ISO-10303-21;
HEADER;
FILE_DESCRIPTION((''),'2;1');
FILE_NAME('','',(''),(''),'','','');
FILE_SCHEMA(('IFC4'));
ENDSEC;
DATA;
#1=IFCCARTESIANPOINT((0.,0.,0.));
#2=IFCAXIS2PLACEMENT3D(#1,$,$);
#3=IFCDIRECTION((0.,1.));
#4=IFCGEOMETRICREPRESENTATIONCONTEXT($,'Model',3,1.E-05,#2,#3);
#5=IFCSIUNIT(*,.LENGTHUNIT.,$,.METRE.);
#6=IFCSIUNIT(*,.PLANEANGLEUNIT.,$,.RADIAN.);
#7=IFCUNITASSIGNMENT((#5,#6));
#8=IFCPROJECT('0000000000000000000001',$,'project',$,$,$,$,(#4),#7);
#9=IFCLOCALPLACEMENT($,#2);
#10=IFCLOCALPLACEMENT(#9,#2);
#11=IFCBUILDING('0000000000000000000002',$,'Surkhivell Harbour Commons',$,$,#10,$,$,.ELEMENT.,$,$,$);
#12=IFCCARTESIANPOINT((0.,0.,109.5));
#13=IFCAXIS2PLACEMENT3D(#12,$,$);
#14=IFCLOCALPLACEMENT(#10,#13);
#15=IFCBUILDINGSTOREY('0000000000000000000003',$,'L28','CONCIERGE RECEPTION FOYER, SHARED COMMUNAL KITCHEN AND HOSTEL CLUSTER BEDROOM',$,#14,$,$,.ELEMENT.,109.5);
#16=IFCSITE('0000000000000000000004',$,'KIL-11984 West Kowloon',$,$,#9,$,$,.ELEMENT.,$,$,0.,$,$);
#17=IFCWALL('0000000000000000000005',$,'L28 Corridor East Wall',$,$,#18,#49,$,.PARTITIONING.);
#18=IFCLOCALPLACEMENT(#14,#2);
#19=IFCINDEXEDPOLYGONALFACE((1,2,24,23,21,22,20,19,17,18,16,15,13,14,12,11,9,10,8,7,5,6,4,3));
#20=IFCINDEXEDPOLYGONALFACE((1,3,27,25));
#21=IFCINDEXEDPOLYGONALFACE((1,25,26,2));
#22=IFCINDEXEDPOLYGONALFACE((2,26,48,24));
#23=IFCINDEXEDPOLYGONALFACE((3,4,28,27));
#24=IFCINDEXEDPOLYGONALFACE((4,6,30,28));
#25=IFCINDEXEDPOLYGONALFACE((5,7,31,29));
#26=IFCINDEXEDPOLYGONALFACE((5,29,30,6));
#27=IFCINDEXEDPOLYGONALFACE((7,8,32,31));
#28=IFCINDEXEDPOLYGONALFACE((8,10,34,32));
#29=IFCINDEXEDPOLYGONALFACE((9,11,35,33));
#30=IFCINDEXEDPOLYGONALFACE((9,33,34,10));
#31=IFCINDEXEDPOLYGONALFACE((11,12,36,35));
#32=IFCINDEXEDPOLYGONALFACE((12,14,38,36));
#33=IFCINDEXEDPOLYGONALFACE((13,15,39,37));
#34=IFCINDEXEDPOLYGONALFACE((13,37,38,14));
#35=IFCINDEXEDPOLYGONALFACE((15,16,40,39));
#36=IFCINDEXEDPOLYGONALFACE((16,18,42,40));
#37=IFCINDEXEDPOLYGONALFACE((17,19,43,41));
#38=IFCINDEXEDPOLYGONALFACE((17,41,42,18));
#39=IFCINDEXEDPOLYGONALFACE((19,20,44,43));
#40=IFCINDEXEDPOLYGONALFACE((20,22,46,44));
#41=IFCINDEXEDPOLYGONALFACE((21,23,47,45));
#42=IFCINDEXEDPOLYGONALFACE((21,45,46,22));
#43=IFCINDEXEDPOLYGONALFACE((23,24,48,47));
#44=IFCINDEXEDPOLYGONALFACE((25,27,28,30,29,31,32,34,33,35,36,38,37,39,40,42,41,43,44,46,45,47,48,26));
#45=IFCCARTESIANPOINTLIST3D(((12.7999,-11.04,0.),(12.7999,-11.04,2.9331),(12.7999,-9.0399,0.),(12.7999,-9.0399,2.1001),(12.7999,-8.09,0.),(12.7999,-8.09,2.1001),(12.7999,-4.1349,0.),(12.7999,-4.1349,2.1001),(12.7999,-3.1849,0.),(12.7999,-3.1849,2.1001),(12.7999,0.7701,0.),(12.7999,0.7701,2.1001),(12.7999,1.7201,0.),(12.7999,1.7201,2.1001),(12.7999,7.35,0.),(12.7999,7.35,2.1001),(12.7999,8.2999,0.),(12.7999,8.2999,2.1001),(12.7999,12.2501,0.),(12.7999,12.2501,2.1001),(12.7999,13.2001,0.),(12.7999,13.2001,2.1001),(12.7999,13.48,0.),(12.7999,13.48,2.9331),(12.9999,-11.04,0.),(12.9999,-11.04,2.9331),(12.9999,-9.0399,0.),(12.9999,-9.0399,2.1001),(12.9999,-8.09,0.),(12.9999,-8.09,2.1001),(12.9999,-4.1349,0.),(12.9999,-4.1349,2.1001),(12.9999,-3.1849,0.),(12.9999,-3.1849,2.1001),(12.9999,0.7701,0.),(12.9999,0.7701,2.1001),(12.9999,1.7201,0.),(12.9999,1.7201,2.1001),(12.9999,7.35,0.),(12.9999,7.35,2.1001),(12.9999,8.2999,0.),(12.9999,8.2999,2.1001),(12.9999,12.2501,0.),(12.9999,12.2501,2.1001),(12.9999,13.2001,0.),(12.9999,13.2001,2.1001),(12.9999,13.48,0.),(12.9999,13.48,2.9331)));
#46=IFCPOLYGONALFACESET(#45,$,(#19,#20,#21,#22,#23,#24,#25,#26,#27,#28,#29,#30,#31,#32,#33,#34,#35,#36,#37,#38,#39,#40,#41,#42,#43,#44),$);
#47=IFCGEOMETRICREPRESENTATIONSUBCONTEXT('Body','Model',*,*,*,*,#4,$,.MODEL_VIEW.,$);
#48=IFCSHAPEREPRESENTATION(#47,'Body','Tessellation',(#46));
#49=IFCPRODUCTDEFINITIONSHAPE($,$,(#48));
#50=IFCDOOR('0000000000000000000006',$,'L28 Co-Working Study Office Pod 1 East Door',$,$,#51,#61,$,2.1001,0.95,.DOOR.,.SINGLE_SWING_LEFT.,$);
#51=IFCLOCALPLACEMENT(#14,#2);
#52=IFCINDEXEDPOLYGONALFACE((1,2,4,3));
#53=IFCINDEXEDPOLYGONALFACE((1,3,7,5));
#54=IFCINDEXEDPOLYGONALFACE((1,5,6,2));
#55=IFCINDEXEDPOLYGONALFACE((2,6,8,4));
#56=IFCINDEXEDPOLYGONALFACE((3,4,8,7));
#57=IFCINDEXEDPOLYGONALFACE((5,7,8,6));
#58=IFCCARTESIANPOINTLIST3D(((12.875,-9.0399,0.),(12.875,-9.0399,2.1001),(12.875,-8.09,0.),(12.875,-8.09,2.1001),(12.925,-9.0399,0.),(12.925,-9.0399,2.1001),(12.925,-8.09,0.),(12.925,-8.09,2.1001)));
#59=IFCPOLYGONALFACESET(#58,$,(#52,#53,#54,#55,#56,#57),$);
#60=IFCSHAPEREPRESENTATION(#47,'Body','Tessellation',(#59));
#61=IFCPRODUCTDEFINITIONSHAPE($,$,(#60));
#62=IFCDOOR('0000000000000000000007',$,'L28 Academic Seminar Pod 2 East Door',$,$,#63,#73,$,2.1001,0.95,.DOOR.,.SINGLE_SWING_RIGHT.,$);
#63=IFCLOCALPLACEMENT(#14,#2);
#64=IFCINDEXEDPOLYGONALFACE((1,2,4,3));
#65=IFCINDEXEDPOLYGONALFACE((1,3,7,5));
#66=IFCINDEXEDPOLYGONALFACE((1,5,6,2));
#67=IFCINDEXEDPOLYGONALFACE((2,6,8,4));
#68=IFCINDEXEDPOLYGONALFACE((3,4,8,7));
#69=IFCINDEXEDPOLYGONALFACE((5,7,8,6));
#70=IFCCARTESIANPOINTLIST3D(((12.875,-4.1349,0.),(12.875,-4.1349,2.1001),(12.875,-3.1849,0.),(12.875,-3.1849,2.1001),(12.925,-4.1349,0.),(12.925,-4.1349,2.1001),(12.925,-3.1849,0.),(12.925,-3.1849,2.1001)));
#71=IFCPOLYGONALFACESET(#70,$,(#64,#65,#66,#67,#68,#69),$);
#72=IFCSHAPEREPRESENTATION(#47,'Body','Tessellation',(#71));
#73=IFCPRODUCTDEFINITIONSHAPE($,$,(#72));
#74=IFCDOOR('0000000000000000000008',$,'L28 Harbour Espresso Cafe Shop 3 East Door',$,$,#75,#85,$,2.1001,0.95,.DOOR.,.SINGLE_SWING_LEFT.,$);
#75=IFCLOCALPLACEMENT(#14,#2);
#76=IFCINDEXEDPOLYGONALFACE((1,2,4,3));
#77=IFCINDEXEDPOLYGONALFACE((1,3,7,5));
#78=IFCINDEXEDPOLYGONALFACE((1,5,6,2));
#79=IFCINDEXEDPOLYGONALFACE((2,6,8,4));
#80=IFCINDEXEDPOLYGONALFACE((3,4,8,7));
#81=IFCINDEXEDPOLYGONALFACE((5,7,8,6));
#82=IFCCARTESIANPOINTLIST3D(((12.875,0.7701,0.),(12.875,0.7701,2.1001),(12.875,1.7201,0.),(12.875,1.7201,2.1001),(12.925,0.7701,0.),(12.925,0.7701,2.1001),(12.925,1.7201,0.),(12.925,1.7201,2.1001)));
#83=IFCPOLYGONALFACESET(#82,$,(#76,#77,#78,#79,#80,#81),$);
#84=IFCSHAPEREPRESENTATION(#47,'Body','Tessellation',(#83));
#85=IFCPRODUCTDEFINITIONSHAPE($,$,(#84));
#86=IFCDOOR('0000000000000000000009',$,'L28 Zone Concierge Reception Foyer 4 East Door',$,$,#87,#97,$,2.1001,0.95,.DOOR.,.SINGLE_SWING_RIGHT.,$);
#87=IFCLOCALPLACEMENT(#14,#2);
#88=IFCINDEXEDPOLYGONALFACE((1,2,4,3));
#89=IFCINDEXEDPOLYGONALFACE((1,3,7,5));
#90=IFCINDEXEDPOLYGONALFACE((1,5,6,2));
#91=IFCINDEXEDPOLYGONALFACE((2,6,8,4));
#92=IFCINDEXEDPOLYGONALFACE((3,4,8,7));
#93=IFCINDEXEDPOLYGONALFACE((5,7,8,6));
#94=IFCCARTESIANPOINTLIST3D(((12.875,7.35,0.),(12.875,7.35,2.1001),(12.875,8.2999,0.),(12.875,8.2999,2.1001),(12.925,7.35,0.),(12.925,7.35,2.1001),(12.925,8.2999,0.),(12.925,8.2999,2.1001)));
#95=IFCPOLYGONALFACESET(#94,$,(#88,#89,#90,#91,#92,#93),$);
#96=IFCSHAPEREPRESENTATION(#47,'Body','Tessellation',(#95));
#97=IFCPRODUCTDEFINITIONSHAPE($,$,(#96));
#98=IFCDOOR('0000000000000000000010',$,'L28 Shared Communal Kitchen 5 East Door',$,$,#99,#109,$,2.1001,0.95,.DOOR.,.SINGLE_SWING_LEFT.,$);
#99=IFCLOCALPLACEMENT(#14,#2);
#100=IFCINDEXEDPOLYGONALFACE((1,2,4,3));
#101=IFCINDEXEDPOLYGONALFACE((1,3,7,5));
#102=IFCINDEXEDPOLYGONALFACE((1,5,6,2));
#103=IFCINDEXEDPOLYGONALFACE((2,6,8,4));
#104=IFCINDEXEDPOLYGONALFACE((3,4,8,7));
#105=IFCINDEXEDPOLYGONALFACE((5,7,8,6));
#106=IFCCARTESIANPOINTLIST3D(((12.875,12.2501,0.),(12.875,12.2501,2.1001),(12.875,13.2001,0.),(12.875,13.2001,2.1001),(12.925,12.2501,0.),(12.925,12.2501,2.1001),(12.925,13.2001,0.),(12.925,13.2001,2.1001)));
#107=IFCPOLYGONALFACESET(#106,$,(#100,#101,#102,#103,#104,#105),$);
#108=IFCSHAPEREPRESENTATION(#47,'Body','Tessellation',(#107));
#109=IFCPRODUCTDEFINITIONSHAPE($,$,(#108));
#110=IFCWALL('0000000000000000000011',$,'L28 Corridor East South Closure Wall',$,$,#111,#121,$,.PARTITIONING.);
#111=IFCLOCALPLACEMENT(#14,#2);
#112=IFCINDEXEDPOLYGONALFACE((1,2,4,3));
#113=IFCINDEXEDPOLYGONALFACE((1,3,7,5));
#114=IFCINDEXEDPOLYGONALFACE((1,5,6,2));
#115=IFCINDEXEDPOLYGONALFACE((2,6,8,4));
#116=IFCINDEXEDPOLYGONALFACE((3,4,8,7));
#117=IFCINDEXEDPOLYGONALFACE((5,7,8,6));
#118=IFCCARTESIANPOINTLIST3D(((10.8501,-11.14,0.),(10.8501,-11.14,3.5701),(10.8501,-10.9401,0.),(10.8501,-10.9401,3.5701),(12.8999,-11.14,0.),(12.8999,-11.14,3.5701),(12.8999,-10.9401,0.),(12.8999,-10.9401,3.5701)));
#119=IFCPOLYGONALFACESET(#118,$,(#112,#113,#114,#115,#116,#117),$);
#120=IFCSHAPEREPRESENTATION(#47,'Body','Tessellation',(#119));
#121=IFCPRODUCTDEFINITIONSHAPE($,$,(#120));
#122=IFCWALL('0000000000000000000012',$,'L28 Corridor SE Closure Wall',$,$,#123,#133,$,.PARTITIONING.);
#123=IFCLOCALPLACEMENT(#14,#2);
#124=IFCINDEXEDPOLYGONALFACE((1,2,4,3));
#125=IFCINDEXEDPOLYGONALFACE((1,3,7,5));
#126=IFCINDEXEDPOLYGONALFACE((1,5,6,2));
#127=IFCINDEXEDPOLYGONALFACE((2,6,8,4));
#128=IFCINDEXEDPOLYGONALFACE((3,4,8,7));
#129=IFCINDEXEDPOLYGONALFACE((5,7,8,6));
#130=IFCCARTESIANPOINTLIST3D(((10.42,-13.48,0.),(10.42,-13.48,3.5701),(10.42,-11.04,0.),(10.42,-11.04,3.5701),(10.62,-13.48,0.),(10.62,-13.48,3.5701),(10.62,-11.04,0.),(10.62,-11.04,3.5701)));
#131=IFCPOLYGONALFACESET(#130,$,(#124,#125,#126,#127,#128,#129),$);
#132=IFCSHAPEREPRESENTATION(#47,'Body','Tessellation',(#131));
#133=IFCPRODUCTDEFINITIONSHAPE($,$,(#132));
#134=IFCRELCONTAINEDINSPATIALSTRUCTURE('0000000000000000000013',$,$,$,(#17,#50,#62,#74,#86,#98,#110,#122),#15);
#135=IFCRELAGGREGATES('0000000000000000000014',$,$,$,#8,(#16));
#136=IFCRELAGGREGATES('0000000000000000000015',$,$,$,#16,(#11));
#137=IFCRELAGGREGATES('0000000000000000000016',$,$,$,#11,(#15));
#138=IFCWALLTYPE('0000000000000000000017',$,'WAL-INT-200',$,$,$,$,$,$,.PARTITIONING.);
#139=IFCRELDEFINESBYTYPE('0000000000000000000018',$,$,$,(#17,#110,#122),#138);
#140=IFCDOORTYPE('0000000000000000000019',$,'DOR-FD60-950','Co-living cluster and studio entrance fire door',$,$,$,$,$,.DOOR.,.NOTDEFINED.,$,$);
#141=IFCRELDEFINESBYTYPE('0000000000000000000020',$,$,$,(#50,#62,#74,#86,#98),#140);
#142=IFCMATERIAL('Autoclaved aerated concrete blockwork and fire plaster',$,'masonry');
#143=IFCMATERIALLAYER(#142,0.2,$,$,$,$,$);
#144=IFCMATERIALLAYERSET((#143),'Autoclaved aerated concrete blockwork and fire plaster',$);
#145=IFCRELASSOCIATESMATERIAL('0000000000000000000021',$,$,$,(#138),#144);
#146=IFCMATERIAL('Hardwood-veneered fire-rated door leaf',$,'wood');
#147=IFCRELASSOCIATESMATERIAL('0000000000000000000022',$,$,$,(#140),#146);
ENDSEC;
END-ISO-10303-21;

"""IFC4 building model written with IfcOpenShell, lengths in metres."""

from ifc_helpers import new_model, si_unit, direction, frame, frame_2d, origin, place, context, subcontext, project, spatial, rectangle, extrude, material, layer, layer_set, type_object, element, fill, save


model = new_model("IFC4")

# Units and contexts
model_context = context("Model", 3, precision=1e-05, world=origin(), true_north=direction((0.0, 1.0)))
body_context = subcontext(model_context, "Body", "Model", "MODEL_VIEW")
ifc_project = project(units=[si_unit("LENGTHUNIT", "METRE"), si_unit("PLANEANGLEUNIT", "RADIAN")], contexts=[model_context])

# Site, building, storey
site_placement = place(None, origin())
site = spatial("IfcSite", under=ifc_project, at=site_placement, Name="KIL-11984 West Kowloon", CompositionType="ELEMENT", RefElevation=0.0)
building_placement = place(site_placement, origin())
building = spatial("IfcBuilding", under=site, at=building_placement, Name="Surkhivell Harbour Commons", CompositionType="ELEMENT")
storey_placement = place(building_placement, frame((0.0, 0.0, 109.5)))
storey = spatial("IfcBuildingStorey", under=building, at=storey_placement, Name="L28", Description="CONCIERGE RECEPTION FOYER, SHARED COMMUNAL KITCHEN AND HOSTEL CLUSTER BEDROOM", CompositionType="ELEMENT", Elevation=109.5)

# Shared definitions
ifc_material_1 = material(Name="Autoclaved aerated concrete blockwork and fire plaster", Category="masonry")
ifc_layer_1 = layer(ifc_material_1, 0.2)
ifc_layer_set_1 = layer_set([ifc_layer_1], Name="Autoclaved aerated concrete blockwork and fire plaster")
wall_type_1 = type_object("IfcWallType", Name="WAL-INT-200", PredefinedType="PARTITIONING", material=ifc_layer_set_1)

# Wall, openings, doors
wall_1_placement = place(storey_placement, frame((12.8999, -11.04, 0.0), z_axis=(0.0, 0.0, 1.0), x_axis=(0.0, 1.0, 0.0)))
wall_1 = element("IfcWall", 1, at=wall_1_placement, inside=storey, type_object=wall_type_1, Name="L28 Corridor East Wall", PredefinedType="PARTITIONING", context=body_context, shape_type="SweptSolid", body=[
    extrude(rectangle(XDim=24.52, YDim=0.2, at=frame_2d((12.26, 0.0))), origin(), (0.0, 0.0, 1.0), 2.9331),
])
opening_1_placement = place(wall_1_placement, frame((2.0, 0.0, 0.0)))
opening_1 = element("IfcOpeningElement", 2, at=opening_1_placement, cuts=wall_1, PredefinedType="OPENING", context=body_context, shape_type="SweptSolid", body=[
    extrude(rectangle(XDim=0.95, YDim=2.1001, at=frame_2d((0.4751, 1.05))), frame((0.0, 0.1099, 0.0), z_axis=(0.0, -1.0, 0.0), x_axis=(1.0, 0.0, 0.0)), (0.0, 0.0, 1.0), 0.22),
])
opening_2_placement = place(wall_1_placement, frame((6.905, 0.0, 0.0)))
opening_2 = element("IfcOpeningElement", 3, at=opening_2_placement, cuts=wall_1, PredefinedType="OPENING", context=body_context, shape_type="SweptSolid", body=[
    extrude(rectangle(XDim=0.95, YDim=2.1001, at=frame_2d((0.4751, 1.05))), frame((0.0, 0.1099, 0.0), z_axis=(0.0, -1.0, 0.0), x_axis=(1.0, 0.0, 0.0)), (0.0, 0.0, 1.0), 0.22),
])
opening_3_placement = place(wall_1_placement, frame((11.8101, 0.0, 0.0)))
opening_3 = element("IfcOpeningElement", 4, at=opening_3_placement, cuts=wall_1, PredefinedType="OPENING", context=body_context, shape_type="SweptSolid", body=[
    extrude(rectangle(XDim=0.95, YDim=2.1001, at=frame_2d((0.4751, 1.05))), frame((0.0, 0.1099, 0.0), z_axis=(0.0, -1.0, 0.0), x_axis=(1.0, 0.0, 0.0)), (0.0, 0.0, 1.0), 0.22),
])
opening_4_placement = place(wall_1_placement, frame((18.3899, 0.0, 0.0)))
opening_4 = element("IfcOpeningElement", 5, at=opening_4_placement, cuts=wall_1, PredefinedType="OPENING", context=body_context, shape_type="SweptSolid", body=[
    extrude(rectangle(XDim=0.95, YDim=2.1001, at=frame_2d((0.4751, 1.05))), frame((0.0, 0.1099, 0.0), z_axis=(0.0, -1.0, 0.0), x_axis=(1.0, 0.0, 0.0)), (0.0, 0.0, 1.0), 0.22),
])
opening_5_placement = place(wall_1_placement, frame((23.29, 0.0, 0.0)))
opening_5 = element("IfcOpeningElement", 6, at=opening_5_placement, cuts=wall_1, PredefinedType="OPENING", context=body_context, shape_type="SweptSolid", body=[
    extrude(rectangle(XDim=0.95, YDim=2.1001, at=frame_2d((0.4751, 1.05))), frame((0.0, 0.1099, 0.0), z_axis=(0.0, -1.0, 0.0), x_axis=(1.0, 0.0, 0.0)), (0.0, 0.0, 1.0), 0.22),
])
ifc_material_2 = material(Name="Hardwood-veneered fire-rated door leaf", Category="wood")
door_type = type_object("IfcDoorType", Name="DOR-FD60-950", Description="Co-living cluster and studio entrance fire door", OperationType="NOTDEFINED", PredefinedType="DOOR", material=ifc_material_2)
door_1_placement = place(opening_1_placement, origin())
door_1 = element("IfcDoor", 7, at=door_1_placement, inside=storey, type_object=door_type, Name="L28 Co-Working Study Office Pod 1 East Door", OperationType="SINGLE_SWING_LEFT", OverallHeight=2.1001, OverallWidth=0.95, PredefinedType="DOOR", context=body_context, shape_type="SweptSolid", body=[
    extrude(rectangle(XDim=0.95, YDim=2.1001, at=frame_2d((0.4751, 1.05))), frame((0.0, 0.0249, 0.0), z_axis=(0.0, -1.0, 0.0), x_axis=(1.0, 0.0, 0.0)), (0.0, 0.0, 1.0), 0.05),
])
fill(opening_1, door_1)
door_2_placement = place(opening_2_placement, origin())
door_2 = element("IfcDoor", 8, at=door_2_placement, inside=storey, type_object=door_type, Name="L28 Academic Seminar Pod 2 East Door", OperationType="SINGLE_SWING_RIGHT", OverallHeight=2.1001, OverallWidth=0.95, PredefinedType="DOOR", context=body_context, shape_type="SweptSolid", body=[
    extrude(rectangle(XDim=0.95, YDim=2.1001, at=frame_2d((0.4751, 1.05))), frame((0.0, 0.0249, 0.0), z_axis=(0.0, -1.0, 0.0), x_axis=(1.0, 0.0, 0.0)), (0.0, 0.0, 1.0), 0.05),
])
fill(opening_2, door_2)
door_3_placement = place(opening_3_placement, origin())
door_3 = element("IfcDoor", 9, at=door_3_placement, inside=storey, type_object=door_type, Name="L28 Harbour Espresso Cafe Shop 3 East Door", OperationType="SINGLE_SWING_LEFT", OverallHeight=2.1001, OverallWidth=0.95, PredefinedType="DOOR", context=body_context, shape_type="SweptSolid", body=[
    extrude(rectangle(XDim=0.95, YDim=2.1001, at=frame_2d((0.4751, 1.05))), frame((0.0, 0.0249, 0.0), z_axis=(0.0, -1.0, 0.0), x_axis=(1.0, 0.0, 0.0)), (0.0, 0.0, 1.0), 0.05),
])
fill(opening_3, door_3)
door_4_placement = place(opening_4_placement, origin())
door_4 = element("IfcDoor", 10, at=door_4_placement, inside=storey, type_object=door_type, Name="L28 Zone Concierge Reception Foyer 4 East Door", OperationType="SINGLE_SWING_RIGHT", OverallHeight=2.1001, OverallWidth=0.95, PredefinedType="DOOR", context=body_context, shape_type="SweptSolid", body=[
    extrude(rectangle(XDim=0.95, YDim=2.1001, at=frame_2d((0.4751, 1.05))), frame((0.0, 0.0249, 0.0), z_axis=(0.0, -1.0, 0.0), x_axis=(1.0, 0.0, 0.0)), (0.0, 0.0, 1.0), 0.05),
])
fill(opening_4, door_4)
door_5_placement = place(opening_5_placement, origin())
door_5 = element("IfcDoor", 11, at=door_5_placement, inside=storey, type_object=door_type, Name="L28 Shared Communal Kitchen 5 East Door", OperationType="SINGLE_SWING_LEFT", OverallHeight=2.1001, OverallWidth=0.95, PredefinedType="DOOR", context=body_context, shape_type="SweptSolid", body=[
    extrude(rectangle(XDim=0.95, YDim=2.1001, at=frame_2d((0.4751, 1.05))), frame((0.0, 0.0249, 0.0), z_axis=(0.0, -1.0, 0.0), x_axis=(1.0, 0.0, 0.0)), (0.0, 0.0, 1.0), 0.05),
])
fill(opening_5, door_5)

# Walls
wall_2_placement = place(storey_placement, frame((10.8501, -11.04, 0.0), z_axis=(0.0, 0.0, 1.0), x_axis=(1.0, 0.0, 0.0)))
element("IfcWall", 12, at=wall_2_placement, inside=storey, type_object=wall_type_1, Name="L28 Corridor East South Closure Wall", PredefinedType="PARTITIONING", context=body_context, shape_type="SweptSolid", body=[
    extrude(rectangle(XDim=2.0498, YDim=0.2, at=frame_2d((1.0249, 0.0))), origin(), (0.0, 0.0, 1.0), 3.5701),
])
wall_3_placement = place(storey_placement, frame((10.52, -13.48, 0.0), z_axis=(0.0, 0.0, 1.0), x_axis=(0.0, 1.0, 0.0)))
element("IfcWall", 13, at=wall_3_placement, inside=storey, type_object=wall_type_1, Name="L28 Corridor SE Closure Wall", PredefinedType="PARTITIONING", context=body_context, shape_type="SweptSolid", body=[
    extrude(rectangle(XDim=2.4399, YDim=0.2, at=frame_2d((1.22, 0.0))), origin(), (0.0, 0.0, 1.0), 3.5701),
])

save(model, "model.ifc")
